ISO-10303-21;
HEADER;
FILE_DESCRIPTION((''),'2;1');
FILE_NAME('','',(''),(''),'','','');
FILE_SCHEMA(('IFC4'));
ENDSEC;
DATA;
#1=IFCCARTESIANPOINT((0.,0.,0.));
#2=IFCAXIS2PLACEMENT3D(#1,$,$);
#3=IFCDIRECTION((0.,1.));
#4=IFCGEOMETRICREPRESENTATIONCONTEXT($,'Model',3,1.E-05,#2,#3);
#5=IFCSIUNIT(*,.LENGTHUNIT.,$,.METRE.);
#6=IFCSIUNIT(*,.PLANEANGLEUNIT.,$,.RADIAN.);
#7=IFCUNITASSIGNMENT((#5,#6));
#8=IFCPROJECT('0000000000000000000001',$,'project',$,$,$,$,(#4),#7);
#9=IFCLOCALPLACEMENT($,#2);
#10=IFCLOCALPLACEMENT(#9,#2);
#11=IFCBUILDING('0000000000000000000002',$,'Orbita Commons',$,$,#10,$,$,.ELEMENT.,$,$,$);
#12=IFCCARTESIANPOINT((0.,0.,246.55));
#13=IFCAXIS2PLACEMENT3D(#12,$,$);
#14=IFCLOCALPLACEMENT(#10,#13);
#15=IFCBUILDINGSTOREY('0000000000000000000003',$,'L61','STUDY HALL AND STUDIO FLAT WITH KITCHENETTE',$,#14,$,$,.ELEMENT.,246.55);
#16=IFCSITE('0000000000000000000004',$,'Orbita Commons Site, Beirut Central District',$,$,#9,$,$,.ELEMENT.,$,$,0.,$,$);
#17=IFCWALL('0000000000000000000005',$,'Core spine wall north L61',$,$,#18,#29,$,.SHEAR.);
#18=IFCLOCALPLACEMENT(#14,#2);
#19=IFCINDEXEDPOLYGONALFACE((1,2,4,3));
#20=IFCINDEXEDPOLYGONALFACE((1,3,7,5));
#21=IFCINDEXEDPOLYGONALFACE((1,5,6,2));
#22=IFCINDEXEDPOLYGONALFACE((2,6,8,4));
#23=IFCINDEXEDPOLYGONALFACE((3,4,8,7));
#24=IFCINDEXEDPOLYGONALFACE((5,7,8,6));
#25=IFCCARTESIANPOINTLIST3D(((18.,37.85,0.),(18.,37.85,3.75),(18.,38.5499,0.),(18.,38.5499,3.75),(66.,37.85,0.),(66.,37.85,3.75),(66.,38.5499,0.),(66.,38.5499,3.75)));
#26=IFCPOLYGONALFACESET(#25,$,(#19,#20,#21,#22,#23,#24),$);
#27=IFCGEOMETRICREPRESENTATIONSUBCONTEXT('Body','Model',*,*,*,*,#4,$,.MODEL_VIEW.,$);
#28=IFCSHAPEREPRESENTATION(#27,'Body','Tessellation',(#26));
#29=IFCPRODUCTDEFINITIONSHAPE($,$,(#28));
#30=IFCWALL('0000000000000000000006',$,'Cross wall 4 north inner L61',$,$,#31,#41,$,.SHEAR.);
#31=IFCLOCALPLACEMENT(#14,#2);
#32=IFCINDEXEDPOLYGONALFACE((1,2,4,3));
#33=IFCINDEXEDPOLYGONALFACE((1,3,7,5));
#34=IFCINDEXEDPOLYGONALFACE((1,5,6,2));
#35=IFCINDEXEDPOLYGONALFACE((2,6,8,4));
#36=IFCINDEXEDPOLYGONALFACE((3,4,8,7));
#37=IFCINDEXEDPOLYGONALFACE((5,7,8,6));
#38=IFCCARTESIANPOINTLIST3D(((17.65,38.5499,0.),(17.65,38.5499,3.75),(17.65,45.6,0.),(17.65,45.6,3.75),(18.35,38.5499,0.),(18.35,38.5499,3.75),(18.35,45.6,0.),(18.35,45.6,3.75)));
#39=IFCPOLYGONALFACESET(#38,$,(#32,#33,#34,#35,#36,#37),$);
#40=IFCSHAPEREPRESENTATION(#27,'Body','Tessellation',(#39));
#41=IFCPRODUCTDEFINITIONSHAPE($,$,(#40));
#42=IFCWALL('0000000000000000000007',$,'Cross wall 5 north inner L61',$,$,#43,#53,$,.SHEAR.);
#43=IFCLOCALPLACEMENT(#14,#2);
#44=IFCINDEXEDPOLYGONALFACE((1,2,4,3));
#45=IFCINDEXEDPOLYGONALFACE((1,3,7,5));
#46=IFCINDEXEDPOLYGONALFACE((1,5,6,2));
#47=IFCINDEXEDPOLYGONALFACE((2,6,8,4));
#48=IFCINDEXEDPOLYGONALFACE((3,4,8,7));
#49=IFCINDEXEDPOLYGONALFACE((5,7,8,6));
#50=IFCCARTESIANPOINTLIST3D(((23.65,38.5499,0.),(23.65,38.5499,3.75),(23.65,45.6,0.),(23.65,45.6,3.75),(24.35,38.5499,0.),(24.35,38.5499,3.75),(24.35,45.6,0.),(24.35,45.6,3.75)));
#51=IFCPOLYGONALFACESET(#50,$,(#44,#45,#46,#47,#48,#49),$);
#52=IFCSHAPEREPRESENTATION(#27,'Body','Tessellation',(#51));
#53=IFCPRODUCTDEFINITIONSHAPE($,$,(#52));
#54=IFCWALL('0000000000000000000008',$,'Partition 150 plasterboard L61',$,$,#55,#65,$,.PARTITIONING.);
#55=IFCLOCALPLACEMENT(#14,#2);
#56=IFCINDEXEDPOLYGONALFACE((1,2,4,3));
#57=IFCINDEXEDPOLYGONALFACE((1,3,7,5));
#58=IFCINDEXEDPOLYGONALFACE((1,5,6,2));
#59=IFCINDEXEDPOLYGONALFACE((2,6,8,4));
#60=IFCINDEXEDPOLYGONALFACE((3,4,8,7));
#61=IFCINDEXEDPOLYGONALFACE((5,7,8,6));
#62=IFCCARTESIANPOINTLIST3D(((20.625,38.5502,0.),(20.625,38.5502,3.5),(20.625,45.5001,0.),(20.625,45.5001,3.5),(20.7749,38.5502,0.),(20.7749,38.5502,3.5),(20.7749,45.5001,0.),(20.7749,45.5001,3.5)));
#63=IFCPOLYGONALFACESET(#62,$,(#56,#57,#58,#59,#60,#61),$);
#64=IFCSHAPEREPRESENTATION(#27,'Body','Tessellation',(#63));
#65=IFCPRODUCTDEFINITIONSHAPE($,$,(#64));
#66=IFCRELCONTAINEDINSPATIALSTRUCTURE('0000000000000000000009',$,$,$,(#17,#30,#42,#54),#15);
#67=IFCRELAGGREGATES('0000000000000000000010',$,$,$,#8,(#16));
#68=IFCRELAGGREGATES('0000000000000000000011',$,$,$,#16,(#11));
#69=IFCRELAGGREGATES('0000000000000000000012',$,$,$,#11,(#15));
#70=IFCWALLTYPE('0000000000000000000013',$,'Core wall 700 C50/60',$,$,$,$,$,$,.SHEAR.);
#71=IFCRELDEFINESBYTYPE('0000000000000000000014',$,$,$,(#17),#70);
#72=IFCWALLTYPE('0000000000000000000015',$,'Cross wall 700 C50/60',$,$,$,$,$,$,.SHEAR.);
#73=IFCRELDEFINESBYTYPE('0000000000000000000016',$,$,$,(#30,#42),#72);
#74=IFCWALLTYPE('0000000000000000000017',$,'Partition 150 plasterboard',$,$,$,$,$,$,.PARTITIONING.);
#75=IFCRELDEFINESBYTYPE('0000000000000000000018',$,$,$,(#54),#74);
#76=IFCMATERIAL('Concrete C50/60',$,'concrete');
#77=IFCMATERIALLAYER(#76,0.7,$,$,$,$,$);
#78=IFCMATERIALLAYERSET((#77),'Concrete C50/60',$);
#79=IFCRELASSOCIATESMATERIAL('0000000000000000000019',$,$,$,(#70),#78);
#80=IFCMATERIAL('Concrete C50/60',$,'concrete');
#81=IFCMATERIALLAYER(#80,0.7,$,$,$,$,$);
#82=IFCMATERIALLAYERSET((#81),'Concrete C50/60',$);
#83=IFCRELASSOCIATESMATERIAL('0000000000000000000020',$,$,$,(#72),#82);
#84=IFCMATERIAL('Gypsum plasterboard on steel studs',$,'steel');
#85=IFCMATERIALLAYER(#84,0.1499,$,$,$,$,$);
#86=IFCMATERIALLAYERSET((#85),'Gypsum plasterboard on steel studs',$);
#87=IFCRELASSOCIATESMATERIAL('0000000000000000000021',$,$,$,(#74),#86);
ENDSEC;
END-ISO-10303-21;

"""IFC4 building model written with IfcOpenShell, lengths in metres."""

from ifc_helpers import new_model, si_unit, direction, frame, frame_2d, origin, place, context, subcontext, project, spatial, rectangle, extrude, material, layer, layer_set, type_object, element, save


model = new_model("IFC4")

# Units and contexts
model_context = context("Model", 3, precision=1e-05, world=origin(), true_north=direction((0.0, 1.0)))
body_context = subcontext(model_context, "Body", "Model", "MODEL_VIEW")
ifc_project = project(units=[si_unit("LENGTHUNIT", "METRE"), si_unit("PLANEANGLEUNIT", "RADIAN")], contexts=[model_context])

# Site, building, storey
site_placement = place(None, origin())
site = spatial("IfcSite", under=ifc_project, at=site_placement, Name="Orbita Commons Site, Beirut Central District", CompositionType="ELEMENT", RefElevation=0.0)
building_placement = place(site_placement, origin())
building = spatial("IfcBuilding", under=site, at=building_placement, Name="Orbita Commons", CompositionType="ELEMENT")
storey_placement = place(building_placement, frame((0.0, 0.0, 246.55)))
storey = spatial("IfcBuildingStorey", under=building, at=storey_placement, Name="L61", Description="STUDY HALL AND STUDIO FLAT WITH KITCHENETTE", CompositionType="ELEMENT", Elevation=246.55)

# Walls
ifc_material_1 = material(Name="Concrete C50/60", Category="concrete")
ifc_layer_1 = layer(ifc_material_1, 0.7)
ifc_layer_set_1 = layer_set([ifc_layer_1], Name="Concrete C50/60")
wall_type_1 = type_object("IfcWallType", Name="Core wall 700 C50/60", PredefinedType="SHEAR", material=ifc_layer_set_1)
wall_1_placement = place(storey_placement, frame((18.0, 38.2, 0.0), z_axis=(0.0, 0.0, 1.0), x_axis=(1.0, 0.0, 0.0)))
element("IfcWall", 1, at=wall_1_placement, inside=storey, type_object=wall_type_1, Name="Core spine wall north L61", PredefinedType="SHEAR", context=body_context, shape_type="SweptSolid", body=[
    extrude(rectangle(XDim=48.0, YDim=0.7, at=frame_2d((24.0, 0.0))), origin(), (0.0, 0.0, 1.0), 3.75),
])
ifc_material_2 = material(Name="Concrete C50/60", Category="concrete")
ifc_layer_2 = layer(ifc_material_2, 0.7)
ifc_layer_set_2 = layer_set([ifc_layer_2], Name="Concrete C50/60")
wall_type_2 = type_object("IfcWallType", Name="Cross wall 700 C50/60", PredefinedType="SHEAR", material=ifc_layer_set_2)
for number, where, z_axis, x_axis, name in (
    (2, (18.0, 38.55, 0.0), (0.0, 0.0, 1.0), (0.0, 1.0, 0.0), "Cross wall 4 north inner L61"),
    (3, (24.0, 38.55, 0.0), (0.0, 0.0, 1.0), (0.0, 1.0, 0.0), "Cross wall 5 north inner L61"),
):
    element("IfcWall", number, at=place(storey_placement, frame(where, z_axis=z_axis, x_axis=x_axis)), inside=storey, type_object=wall_type_2, Name=name, PredefinedType="SHEAR", context=body_context, shape_type="SweptSolid", body=[
        extrude(rectangle(XDim=7.05, YDim=0.7, at=frame_2d((3.5249, 0.0))), origin(), (0.0, 0.0, 1.0), 3.75),
    ])
ifc_material_3 = material(Name="Gypsum plasterboard on steel studs", Category="steel")
ifc_layer_3 = layer(ifc_material_3, 0.1499)
ifc_layer_set_3 = layer_set([ifc_layer_3], Name="Gypsum plasterboard on steel studs")
wall_type_3 = type_object("IfcWallType", Name="Partition 150 plasterboard", PredefinedType="PARTITIONING", material=ifc_layer_set_3)
wall_2_placement = place(storey_placement, frame((20.7, 38.55, 0.0), z_axis=(0.0, 0.0, 1.0), x_axis=(0.0, 1.0, 0.0)))
element("IfcWall", 4, at=wall_2_placement, inside=storey, type_object=wall_type_3, Name="Partition 150 plasterboard L61", PredefinedType="PARTITIONING", context=body_context, shape_type="SweptSolid", body=[
    extrude(rectangle(XDim=6.95, YDim=0.1499, at=frame_2d((3.4751, 0.0))), origin(), (0.0, 0.0, 1.0), 3.5),
])

save(model, "model.ifc")
